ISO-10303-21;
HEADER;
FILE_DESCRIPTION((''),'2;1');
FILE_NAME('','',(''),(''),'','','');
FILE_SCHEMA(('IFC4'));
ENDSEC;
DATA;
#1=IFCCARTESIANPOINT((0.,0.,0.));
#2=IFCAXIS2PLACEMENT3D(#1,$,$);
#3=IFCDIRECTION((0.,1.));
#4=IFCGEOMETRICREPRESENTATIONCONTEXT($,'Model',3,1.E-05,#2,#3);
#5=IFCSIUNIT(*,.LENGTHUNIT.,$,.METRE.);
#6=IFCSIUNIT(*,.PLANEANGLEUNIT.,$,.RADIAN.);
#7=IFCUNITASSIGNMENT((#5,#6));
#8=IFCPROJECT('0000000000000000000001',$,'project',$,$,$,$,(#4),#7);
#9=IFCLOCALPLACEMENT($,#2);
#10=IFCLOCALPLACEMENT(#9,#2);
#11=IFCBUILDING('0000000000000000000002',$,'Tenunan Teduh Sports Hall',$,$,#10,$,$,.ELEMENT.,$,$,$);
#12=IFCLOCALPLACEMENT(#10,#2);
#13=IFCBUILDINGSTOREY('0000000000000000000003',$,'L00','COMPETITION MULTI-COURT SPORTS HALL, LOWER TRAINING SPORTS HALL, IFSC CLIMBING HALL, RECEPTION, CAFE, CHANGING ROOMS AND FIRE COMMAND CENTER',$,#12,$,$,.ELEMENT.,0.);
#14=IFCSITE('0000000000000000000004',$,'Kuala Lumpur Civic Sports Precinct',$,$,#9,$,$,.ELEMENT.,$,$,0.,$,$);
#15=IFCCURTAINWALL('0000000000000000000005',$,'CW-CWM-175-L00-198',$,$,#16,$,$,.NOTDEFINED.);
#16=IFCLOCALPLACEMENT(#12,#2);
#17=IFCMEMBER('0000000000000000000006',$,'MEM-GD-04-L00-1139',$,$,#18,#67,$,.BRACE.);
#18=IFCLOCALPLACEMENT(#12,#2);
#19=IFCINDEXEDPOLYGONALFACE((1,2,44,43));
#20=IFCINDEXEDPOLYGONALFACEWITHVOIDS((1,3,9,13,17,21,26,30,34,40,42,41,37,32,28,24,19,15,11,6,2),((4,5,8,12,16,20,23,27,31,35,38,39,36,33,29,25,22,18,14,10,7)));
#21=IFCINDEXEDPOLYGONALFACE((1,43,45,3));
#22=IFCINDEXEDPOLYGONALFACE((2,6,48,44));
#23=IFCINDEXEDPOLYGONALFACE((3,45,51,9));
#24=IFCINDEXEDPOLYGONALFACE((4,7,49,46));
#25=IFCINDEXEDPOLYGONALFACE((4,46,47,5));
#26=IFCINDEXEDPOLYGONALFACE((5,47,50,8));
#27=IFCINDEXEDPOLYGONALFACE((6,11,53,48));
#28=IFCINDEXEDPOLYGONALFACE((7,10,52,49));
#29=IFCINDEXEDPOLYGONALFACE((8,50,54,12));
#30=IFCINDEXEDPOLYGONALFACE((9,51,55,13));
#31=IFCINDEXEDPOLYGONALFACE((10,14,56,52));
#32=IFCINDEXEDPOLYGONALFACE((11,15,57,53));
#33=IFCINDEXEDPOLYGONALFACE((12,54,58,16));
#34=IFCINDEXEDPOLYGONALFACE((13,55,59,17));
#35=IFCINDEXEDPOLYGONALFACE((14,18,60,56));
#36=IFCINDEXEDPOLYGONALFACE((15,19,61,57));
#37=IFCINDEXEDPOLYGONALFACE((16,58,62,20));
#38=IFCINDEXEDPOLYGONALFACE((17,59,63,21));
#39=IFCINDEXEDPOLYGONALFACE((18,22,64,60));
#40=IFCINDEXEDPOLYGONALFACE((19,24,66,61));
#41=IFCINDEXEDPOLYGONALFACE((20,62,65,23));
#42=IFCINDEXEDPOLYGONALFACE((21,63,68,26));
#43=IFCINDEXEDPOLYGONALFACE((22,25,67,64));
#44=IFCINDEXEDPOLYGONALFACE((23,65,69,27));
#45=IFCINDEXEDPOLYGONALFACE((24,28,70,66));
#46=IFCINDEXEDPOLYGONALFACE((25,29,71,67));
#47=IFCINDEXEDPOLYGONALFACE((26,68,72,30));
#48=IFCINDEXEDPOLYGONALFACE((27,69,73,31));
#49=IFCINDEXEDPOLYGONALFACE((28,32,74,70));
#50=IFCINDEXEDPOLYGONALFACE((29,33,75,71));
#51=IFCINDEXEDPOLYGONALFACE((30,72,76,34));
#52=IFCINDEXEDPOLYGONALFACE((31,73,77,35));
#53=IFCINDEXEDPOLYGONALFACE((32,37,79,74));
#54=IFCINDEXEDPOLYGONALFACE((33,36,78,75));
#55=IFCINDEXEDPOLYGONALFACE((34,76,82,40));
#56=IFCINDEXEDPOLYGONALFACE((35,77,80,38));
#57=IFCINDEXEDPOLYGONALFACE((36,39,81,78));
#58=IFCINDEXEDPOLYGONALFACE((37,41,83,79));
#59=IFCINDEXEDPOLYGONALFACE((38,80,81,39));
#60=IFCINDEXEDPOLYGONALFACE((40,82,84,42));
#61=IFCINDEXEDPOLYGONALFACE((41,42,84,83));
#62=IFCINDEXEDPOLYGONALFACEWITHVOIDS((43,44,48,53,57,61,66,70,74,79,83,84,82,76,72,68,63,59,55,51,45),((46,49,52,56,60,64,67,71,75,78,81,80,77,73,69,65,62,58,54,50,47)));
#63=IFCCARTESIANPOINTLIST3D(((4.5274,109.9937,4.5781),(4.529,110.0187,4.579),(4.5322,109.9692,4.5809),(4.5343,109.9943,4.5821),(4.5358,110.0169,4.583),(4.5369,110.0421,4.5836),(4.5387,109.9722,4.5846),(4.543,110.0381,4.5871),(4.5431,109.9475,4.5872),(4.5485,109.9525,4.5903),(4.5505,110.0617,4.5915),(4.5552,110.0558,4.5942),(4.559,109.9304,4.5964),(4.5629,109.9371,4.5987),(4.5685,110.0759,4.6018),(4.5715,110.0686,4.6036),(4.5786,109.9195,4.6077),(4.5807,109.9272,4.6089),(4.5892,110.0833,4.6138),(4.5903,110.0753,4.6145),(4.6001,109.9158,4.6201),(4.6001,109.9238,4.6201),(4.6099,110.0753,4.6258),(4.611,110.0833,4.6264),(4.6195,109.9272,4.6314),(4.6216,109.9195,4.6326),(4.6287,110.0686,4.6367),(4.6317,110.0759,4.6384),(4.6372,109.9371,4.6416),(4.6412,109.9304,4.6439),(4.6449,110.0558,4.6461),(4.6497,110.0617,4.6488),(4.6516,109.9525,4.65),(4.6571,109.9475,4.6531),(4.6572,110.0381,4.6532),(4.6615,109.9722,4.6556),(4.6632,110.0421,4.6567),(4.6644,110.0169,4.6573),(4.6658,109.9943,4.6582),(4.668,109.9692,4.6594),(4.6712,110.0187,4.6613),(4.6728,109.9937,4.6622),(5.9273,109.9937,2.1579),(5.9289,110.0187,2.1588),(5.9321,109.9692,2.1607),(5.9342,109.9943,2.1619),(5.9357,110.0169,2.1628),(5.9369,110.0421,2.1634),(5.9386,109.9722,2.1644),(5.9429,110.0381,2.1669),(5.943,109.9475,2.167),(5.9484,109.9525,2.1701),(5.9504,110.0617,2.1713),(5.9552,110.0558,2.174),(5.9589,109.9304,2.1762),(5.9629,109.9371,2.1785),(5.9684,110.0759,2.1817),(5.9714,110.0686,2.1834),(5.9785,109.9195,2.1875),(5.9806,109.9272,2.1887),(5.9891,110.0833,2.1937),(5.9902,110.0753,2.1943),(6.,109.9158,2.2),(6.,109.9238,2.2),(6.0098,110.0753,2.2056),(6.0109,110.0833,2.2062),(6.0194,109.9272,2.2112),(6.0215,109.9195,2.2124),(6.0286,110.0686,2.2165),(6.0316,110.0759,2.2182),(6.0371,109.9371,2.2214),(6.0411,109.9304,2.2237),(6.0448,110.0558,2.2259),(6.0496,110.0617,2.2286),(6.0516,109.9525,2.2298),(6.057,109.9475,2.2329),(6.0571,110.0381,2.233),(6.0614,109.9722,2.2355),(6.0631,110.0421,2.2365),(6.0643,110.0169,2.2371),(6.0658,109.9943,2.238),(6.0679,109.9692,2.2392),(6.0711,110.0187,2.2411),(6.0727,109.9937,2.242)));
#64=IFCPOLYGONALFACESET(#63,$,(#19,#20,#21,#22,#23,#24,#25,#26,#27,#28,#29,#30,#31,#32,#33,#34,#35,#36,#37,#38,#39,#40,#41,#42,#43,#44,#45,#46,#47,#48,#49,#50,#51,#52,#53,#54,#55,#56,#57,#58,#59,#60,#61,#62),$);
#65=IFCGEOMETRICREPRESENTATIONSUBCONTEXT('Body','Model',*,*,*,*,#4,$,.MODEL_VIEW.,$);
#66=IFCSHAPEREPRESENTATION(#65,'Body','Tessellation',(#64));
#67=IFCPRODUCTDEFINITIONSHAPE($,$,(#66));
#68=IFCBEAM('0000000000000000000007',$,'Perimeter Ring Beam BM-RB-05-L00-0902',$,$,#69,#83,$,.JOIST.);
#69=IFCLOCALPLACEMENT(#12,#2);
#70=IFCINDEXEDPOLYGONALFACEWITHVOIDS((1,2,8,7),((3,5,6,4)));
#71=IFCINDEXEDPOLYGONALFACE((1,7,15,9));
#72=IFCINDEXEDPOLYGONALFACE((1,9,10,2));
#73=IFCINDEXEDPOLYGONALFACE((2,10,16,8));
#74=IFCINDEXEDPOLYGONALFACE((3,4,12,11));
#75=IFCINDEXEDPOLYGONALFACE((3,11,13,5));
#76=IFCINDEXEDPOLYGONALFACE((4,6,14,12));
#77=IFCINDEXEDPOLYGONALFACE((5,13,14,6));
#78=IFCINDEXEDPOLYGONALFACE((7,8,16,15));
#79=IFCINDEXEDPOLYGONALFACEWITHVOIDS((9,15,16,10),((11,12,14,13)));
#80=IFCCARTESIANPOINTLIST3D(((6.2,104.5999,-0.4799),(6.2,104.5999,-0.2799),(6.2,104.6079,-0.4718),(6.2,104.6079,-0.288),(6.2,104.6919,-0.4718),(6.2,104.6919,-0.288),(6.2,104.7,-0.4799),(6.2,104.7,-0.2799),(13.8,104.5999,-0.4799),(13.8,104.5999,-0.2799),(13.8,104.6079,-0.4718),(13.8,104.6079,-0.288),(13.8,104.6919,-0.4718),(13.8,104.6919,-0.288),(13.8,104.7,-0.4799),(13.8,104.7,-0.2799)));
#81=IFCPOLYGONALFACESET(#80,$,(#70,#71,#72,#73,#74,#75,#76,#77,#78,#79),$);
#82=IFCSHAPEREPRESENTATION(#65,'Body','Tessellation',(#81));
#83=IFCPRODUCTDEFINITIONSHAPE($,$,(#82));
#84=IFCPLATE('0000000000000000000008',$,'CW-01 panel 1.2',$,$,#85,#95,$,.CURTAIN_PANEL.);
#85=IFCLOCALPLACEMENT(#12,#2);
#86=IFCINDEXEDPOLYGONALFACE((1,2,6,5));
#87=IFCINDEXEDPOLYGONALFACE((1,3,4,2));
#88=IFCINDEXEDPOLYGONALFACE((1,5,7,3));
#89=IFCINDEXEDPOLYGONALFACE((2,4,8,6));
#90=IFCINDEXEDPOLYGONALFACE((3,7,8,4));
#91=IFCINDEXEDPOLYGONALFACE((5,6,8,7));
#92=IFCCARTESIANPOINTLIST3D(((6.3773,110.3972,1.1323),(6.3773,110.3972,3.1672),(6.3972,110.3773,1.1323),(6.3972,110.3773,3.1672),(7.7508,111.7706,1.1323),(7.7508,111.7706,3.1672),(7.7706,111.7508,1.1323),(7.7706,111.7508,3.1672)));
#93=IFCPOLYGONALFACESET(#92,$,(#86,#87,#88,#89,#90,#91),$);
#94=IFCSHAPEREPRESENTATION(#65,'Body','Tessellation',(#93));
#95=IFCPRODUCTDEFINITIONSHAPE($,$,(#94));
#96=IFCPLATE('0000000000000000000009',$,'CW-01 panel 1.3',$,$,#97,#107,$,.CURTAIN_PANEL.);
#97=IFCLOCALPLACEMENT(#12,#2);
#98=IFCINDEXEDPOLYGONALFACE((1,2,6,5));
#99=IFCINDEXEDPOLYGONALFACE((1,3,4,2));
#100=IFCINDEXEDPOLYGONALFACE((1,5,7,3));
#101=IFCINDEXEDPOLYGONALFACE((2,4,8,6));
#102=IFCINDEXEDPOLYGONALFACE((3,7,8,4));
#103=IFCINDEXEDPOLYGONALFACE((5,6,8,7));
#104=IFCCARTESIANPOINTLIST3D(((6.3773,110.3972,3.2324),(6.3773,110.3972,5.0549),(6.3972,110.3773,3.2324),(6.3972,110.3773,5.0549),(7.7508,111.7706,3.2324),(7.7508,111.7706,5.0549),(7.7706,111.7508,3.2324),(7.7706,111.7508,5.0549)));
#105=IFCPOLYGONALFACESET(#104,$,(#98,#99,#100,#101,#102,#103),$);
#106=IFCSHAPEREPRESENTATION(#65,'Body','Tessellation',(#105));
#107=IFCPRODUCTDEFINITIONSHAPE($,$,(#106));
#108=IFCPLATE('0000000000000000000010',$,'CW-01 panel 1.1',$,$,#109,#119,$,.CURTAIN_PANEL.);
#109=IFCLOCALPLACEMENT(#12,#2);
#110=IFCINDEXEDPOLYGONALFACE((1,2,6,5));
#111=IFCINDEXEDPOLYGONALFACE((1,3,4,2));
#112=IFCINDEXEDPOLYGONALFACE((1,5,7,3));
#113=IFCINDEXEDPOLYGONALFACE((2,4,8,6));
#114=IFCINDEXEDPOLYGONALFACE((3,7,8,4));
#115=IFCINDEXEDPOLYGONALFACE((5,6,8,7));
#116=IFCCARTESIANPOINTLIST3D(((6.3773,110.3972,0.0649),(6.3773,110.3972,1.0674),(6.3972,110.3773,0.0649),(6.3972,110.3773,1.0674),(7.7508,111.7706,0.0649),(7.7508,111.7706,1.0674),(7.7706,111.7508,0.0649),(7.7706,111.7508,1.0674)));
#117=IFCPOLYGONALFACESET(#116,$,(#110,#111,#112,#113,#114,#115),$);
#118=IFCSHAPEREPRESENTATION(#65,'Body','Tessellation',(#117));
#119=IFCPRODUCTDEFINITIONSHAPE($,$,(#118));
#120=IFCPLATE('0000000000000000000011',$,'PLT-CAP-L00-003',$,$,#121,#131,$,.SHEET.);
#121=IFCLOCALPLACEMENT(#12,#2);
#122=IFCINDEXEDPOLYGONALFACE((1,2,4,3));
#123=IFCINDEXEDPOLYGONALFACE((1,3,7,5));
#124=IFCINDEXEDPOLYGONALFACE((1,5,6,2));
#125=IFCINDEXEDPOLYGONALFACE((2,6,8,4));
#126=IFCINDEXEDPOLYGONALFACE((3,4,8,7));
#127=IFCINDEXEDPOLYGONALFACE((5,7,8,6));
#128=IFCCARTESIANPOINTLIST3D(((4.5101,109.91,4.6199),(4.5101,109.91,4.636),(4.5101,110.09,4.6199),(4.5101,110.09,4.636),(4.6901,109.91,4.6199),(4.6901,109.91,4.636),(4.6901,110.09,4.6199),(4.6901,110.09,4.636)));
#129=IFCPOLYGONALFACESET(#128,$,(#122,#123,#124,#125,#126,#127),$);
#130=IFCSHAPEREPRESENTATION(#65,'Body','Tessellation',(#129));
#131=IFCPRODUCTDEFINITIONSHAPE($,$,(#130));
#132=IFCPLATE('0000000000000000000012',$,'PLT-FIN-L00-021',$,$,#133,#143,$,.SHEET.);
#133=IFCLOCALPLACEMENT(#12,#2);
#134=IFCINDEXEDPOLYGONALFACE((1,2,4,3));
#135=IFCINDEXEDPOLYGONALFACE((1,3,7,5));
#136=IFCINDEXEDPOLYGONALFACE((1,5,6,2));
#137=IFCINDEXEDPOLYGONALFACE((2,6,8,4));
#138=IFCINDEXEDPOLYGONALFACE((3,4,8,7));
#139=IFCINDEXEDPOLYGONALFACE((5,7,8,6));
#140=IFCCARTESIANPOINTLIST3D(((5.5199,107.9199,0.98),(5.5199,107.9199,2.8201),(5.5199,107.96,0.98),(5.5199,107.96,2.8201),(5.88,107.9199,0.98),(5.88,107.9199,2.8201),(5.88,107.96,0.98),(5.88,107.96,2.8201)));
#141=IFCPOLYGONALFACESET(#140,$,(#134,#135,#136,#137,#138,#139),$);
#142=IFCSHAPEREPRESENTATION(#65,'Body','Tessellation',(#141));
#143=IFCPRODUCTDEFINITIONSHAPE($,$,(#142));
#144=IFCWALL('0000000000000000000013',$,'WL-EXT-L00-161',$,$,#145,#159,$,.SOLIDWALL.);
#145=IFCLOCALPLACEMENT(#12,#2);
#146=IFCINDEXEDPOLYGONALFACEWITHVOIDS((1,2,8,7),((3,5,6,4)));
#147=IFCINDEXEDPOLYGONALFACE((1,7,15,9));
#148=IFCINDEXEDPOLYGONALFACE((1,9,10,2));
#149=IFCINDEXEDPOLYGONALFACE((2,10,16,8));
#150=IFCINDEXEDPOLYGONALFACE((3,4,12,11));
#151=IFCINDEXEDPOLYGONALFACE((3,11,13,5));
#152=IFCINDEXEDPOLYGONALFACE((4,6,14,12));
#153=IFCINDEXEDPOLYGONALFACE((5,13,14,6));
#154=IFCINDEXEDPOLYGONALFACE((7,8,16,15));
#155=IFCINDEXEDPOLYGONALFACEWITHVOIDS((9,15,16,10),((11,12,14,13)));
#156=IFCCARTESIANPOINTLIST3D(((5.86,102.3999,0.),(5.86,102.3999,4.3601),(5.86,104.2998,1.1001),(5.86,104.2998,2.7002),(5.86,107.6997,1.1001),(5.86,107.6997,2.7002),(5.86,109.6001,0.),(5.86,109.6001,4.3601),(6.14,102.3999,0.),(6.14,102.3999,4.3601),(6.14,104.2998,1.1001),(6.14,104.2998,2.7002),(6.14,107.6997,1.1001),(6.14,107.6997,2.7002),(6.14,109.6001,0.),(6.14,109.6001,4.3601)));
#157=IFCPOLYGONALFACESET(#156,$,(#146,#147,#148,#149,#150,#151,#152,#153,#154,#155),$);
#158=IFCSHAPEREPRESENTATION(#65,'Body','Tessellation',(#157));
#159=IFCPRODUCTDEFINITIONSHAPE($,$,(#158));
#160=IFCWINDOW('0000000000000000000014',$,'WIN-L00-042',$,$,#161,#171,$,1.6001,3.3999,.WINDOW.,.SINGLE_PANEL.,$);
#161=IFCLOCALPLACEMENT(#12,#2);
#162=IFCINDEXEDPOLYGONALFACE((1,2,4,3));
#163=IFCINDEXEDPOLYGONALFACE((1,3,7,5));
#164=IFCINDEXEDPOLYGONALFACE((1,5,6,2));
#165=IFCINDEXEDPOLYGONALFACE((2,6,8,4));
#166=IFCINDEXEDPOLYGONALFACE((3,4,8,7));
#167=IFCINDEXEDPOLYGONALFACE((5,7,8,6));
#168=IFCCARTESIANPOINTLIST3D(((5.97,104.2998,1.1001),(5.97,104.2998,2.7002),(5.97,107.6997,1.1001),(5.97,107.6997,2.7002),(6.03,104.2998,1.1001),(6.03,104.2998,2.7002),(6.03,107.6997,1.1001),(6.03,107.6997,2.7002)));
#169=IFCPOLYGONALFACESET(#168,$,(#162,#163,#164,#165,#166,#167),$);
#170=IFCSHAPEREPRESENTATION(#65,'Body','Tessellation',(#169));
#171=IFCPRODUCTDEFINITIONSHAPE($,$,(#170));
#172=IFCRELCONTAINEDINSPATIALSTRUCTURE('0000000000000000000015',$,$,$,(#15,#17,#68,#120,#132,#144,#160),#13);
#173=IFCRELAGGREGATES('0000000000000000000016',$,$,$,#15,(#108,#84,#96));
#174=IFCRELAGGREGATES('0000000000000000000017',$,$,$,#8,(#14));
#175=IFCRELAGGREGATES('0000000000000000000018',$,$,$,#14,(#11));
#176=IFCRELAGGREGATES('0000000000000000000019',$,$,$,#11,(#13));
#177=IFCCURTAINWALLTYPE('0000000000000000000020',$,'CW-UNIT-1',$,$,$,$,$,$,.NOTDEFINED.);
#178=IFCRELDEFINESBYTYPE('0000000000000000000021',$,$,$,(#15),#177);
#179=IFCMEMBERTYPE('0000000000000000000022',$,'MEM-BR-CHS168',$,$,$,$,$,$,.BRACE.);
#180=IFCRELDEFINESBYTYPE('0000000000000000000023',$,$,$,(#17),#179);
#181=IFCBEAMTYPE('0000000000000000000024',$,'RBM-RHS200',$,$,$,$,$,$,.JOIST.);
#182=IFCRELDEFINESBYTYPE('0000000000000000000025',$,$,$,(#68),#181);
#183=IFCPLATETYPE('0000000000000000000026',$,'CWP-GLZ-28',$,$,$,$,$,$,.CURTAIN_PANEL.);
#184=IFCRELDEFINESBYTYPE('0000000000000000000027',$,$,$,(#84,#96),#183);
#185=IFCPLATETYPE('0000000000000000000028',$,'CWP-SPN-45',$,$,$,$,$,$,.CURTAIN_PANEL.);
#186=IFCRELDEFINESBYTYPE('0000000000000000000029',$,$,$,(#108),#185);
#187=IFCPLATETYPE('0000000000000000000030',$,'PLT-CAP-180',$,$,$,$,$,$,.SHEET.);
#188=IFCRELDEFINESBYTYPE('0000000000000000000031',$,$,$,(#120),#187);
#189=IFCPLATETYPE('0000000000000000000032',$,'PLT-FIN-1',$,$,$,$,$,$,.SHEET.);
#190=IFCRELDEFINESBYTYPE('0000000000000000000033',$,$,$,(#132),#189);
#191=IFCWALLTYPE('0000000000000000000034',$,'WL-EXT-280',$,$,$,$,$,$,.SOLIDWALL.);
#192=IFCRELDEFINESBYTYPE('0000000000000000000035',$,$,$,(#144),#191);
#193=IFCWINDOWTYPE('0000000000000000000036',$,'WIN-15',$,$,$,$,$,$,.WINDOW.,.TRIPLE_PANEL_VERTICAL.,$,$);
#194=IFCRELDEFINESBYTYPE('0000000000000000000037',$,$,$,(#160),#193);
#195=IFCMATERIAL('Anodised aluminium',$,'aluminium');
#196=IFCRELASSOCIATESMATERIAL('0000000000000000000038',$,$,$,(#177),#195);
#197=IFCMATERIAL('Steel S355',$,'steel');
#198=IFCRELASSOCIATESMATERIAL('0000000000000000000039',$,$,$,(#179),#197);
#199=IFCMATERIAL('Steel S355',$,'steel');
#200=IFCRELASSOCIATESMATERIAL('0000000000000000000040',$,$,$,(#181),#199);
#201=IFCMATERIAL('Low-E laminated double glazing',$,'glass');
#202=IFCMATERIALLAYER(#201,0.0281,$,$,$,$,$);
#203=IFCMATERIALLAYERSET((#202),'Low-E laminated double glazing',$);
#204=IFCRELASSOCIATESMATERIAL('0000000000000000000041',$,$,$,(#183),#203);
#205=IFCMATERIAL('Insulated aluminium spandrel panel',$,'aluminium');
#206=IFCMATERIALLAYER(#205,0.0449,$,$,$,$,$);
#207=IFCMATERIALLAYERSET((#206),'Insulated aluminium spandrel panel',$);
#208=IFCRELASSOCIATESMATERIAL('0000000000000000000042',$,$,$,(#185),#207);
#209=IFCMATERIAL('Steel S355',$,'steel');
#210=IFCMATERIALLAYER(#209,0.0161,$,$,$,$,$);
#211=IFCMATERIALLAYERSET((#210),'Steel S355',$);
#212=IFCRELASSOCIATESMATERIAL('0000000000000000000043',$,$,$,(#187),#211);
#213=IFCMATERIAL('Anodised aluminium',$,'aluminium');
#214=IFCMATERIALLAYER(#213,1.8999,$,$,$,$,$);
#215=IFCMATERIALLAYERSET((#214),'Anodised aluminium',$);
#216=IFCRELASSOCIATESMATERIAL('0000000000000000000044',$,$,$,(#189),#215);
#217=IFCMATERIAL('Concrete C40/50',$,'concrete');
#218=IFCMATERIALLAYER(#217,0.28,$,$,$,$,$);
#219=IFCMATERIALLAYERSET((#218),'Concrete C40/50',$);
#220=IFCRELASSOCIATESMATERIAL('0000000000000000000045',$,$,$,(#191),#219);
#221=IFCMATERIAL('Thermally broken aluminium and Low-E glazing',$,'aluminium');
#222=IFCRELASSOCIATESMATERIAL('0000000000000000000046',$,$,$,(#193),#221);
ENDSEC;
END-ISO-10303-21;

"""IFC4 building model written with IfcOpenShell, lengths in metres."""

from ifc_helpers import new_model, si_unit, direction, frame, frame_2d, origin, origin_2d, place, context, subcontext, project, spatial, rectangle, hollow_rectangle, hollow_circle, extrude, material, layer, layer_set, material_profile, profile_set, type_object, element, fill, aggregate, save


model = new_model("IFC4")

# Units and contexts
model_context = context("Model", 3, precision=1e-05, world=origin(), true_north=direction((0.0, 1.0)))
body_context = subcontext(model_context, "Body", "Model", "MODEL_VIEW")
ifc_project = project(units=[si_unit("LENGTHUNIT", "METRE"), si_unit("PLANEANGLEUNIT", "RADIAN")], contexts=[model_context])

# Site, building, storey
site_placement = place(None, origin())
site = spatial("IfcSite", under=ifc_project, at=site_placement, Name="Kuala Lumpur Civic Sports Precinct", CompositionType="ELEMENT", RefElevation=0.0)
building_placement = place(site_placement, origin())
building = spatial("IfcBuilding", under=site, at=building_placement, Name="Tenunan Teduh Sports Hall", CompositionType="ELEMENT")
storey_placement = place(building_placement, origin())
storey = spatial("IfcBuildingStorey", under=building, at=storey_placement, Name="L00", Description="COMPETITION MULTI-COURT SPORTS HALL, LOWER TRAINING SPORTS HALL, IFSC CLIMBING HALL, RECEPTION, CAFE, CHANGING ROOMS AND FIRE COMMAND CENTER", CompositionType="ELEMENT", Elevation=0.0)

# Curtain wall
ifc_material_1 = material(Name="Anodised aluminium", Category="aluminium")
curtain_wall_type = type_object("IfcCurtainWallType", Name="CW-UNIT-1", PredefinedType="NOTDEFINED", material=ifc_material_1)
curtain_wall_placement = place(storey_placement, origin())
curtain_wall = element("IfcCurtainWall", 1, at=curtain_wall_placement, inside=storey, type_object=curtain_wall_type, Name="CW-CWM-175-L00-198", PredefinedType="NOTDEFINED")

# Member
ifc_material_2 = material(Name="Steel S355", Category="steel")
ifc_material_profile_1 = material_profile(ifc_material_2, hollow_circle(Radius=0.0842, WallThickness=0.0081, at=origin_2d()), Name="CHS 168.3x8.0")
ifc_profile_set_1 = profile_set([ifc_material_profile_1], Name="Steel S355")
member_type_1 = type_object("IfcMemberType", Name="MEM-BR-CHS168", PredefinedType="BRACE", material=ifc_profile_set_1)
member_1_placement = place(storey_placement, frame((6.0, 110.0, 2.2), z_axis=(-0.500702, 0.0, 0.86562), x_axis=(0.0, -1.0, 0.0)))
element("IfcMember", 2, at=member_1_placement, inside=storey, type_object=member_type_1, Name="MEM-GD-04-L00-1139", PredefinedType="BRACE", context=body_context, shape_type="SweptSolid", body=[
    extrude(hollow_circle(Radius=0.0842, WallThickness=0.0081, at=origin_2d()), origin(), (0.0, 0.0, 1.0), 2.7959),
])

# Beam
ifc_material_3 = material(Name="Steel S355", Category="steel")
ifc_material_profile_2 = material_profile(ifc_material_3, hollow_rectangle(XDim=0.1001, YDim=0.2, WallThickness=0.0081, at=origin_2d()), Name="RHS 200x100x8.0")
ifc_profile_set_2 = profile_set([ifc_material_profile_2], Name="Steel S355")
beam_type_1 = type_object("IfcBeamType", Name="RBM-RHS200", PredefinedType="JOIST", material=ifc_profile_set_2)
beam_1_placement = place(storey_placement, frame((6.2, 104.6499, -0.3799), z_axis=(1.0, 0.0, 0.0), x_axis=(0.0, 1.0, 0.0)))
element("IfcBeam", 3, at=beam_1_placement, inside=storey, type_object=beam_type_1, Name="Perimeter Ring Beam BM-RB-05-L00-0902", PredefinedType="JOIST", context=body_context, shape_type="SweptSolid", body=[
    extrude(hollow_rectangle(XDim=0.1001, YDim=0.2, WallThickness=0.0081, at=origin_2d()), origin(), (0.0, 0.0, 1.0), 7.6001),
])

# Plates
ifc_material_4 = material(Name="Low-E laminated double glazing", Category="glass")
ifc_layer_1 = layer(ifc_material_4, 0.0281)
ifc_layer_set_1 = layer_set([ifc_layer_1], Name="Low-E laminated double glazing")
plate_type_1 = type_object("IfcPlateType", Name="CWP-GLZ-28", PredefinedType="CURTAIN_PANEL", material=ifc_layer_set_1)
plate_1_placement = place(storey_placement, frame((7.074, 111.074, 1.1323), z_axis=(0.0, 0.0, 1.0), x_axis=(0.707117, 0.707097, 0.0)))
plate_1 = element("IfcPlate", 4, at=plate_1_placement, type_object=plate_type_1, Name="CW-01 panel 1.2", PredefinedType="CURTAIN_PANEL", context=body_context, shape_type="SweptSolid", body=[
    extrude(rectangle(XDim=1.9424, YDim=0.0281, at=origin_2d()), origin(), (0.0, 0.0, 1.0), 2.0349),
])
plate_2_placement = place(storey_placement, frame((7.074, 111.074, 3.2324), z_axis=(0.0, 0.0, 1.0), x_axis=(0.707117, 0.707097, 0.0)))
plate_2 = element("IfcPlate", 5, at=plate_2_placement, type_object=plate_type_1, Name="CW-01 panel 1.3", PredefinedType="CURTAIN_PANEL", context=body_context, shape_type="SweptSolid", body=[
    extrude(rectangle(XDim=1.9424, YDim=0.0281, at=origin_2d()), origin(), (0.0, 0.0, 1.0), 1.8225),
])
ifc_material_5 = material(Name="Insulated aluminium spandrel panel", Category="aluminium")
ifc_layer_2 = layer(ifc_material_5, 0.0449)
ifc_layer_set_2 = layer_set([ifc_layer_2], Name="Insulated aluminium spandrel panel")
plate_type_2 = type_object("IfcPlateType", Name="CWP-SPN-45", PredefinedType="CURTAIN_PANEL", material=ifc_layer_set_2)
plate_3_placement = place(storey_placement, frame((7.074, 111.074, 0.0649), z_axis=(0.0, 0.0, 1.0), x_axis=(0.707117, 0.707097, 0.0)))
plate_3 = element("IfcPlate", 6, at=plate_3_placement, type_object=plate_type_2, Name="CW-01 panel 1.1", PredefinedType="CURTAIN_PANEL", context=body_context, shape_type="SweptSolid", body=[
    extrude(rectangle(XDim=1.9424, YDim=0.0281, at=origin_2d()), origin(), (0.0, 0.0, 1.0), 1.0024),
])
aggregate(curtain_wall, [plate_3, plate_1, plate_2])

# Plates
ifc_material_6 = material(Name="Steel S355", Category="steel")
ifc_layer_3 = layer(ifc_material_6, 0.0161)
ifc_layer_set_3 = layer_set([ifc_layer_3], Name="Steel S355")
plate_type_3 = type_object("IfcPlateType", Name="PLT-CAP-180", PredefinedType="SHEET", material=ifc_layer_set_3)
plate_4_placement = place(storey_placement, frame((4.6001, 110.0, 4.6199), z_axis=(0.0, 0.0, 1.0), x_axis=(1.0, 0.0, 0.0)))
element("IfcPlate", 7, at=plate_4_placement, inside=storey, type_object=plate_type_3, Name="PLT-CAP-L00-003", PredefinedType="SHEET", context=body_context, shape_type="SweptSolid", body=[
    extrude(rectangle(XDim=0.1799, YDim=0.1799, at=origin_2d()), origin(), (0.0, 0.0, 1.0), 0.0161),
])
ifc_material_7 = material(Name="Anodised aluminium", Category="aluminium")
ifc_layer_4 = layer(ifc_material_7, 1.8999)
ifc_layer_set_4 = layer_set([ifc_layer_4], Name="Anodised aluminium")
plate_type_4 = type_object("IfcPlateType", Name="PLT-FIN-1", PredefinedType="SHEET", material=ifc_layer_set_4)
plate_5_placement = place(storey_placement, frame((5.7, 107.9399, 0.98), z_axis=(0.0, 0.0, 1.0), x_axis=(0.0, 1.0, 0.0)))
element("IfcPlate", 8, at=plate_5_placement, inside=storey, type_object=plate_type_4, Name="PLT-FIN-L00-021", PredefinedType="SHEET", context=body_context, shape_type="SweptSolid", body=[
    extrude(rectangle(XDim=0.04, YDim=0.3601, at=origin_2d()), origin(), (0.0, 0.0, 1.0), 1.8401),
])

# Wall, opening, window
ifc_material_8 = material(Name="Concrete C40/50", Category="concrete")
ifc_layer_5 = layer(ifc_material_8, 0.28)
ifc_layer_set_5 = layer_set([ifc_layer_5], Name="Concrete C40/50")
wall_type = type_object("IfcWallType", Name="WL-EXT-280", PredefinedType="SOLIDWALL", material=ifc_layer_set_5)
wall_placement = place(storey_placement, frame((6.0, 102.3999, 0.0), z_axis=(0.0, 0.0, 1.0), x_axis=(0.0, 1.0, 0.0)))
wall = element("IfcWall", 9, at=wall_placement, inside=storey, type_object=wall_type, Name="WL-EXT-L00-161", PredefinedType="SOLIDWALL", context=body_context, shape_type="SweptSolid", body=[
    extrude(rectangle(XDim=7.2002, YDim=0.28, at=frame_2d((3.6001, 0.0))), origin(), (0.0, 0.0, 1.0), 4.3601),
])
opening_placement = place(wall_placement, frame((1.8999, 0.0, 1.1001)))
opening = element("IfcOpeningElement", 10, at=opening_placement, cuts=wall, PredefinedType="OPENING", context=body_context, shape_type="SweptSolid", body=[
    extrude(rectangle(XDim=3.3999, YDim=1.6001, at=frame_2d((1.7, 0.8))), frame((0.0, 0.1499, 0.0), z_axis=(0.0, -1.0, 0.0), x_axis=(1.0, 0.0, 0.0)), (0.0, 0.0, 1.0), 0.3),
])
ifc_material_9 = material(Name="Thermally broken aluminium and Low-E glazing", Category="aluminium")
window_type = type_object("IfcWindowType", Name="WIN-15", PartitioningType="TRIPLE_PANEL_VERTICAL", PredefinedType="WINDOW", material=ifc_material_9)
window_placement = place(opening_placement, origin())
window = element("IfcWindow", 11, at=window_placement, inside=storey, type_object=window_type, Name="WIN-L00-042", OverallHeight=1.6001, OverallWidth=3.3999, PartitioningType="SINGLE_PANEL", PredefinedType="WINDOW", context=body_context, shape_type="SweptSolid", body=[
    extrude(rectangle(XDim=3.3999, YDim=1.6001, at=frame_2d((1.7, 0.8))), frame((0.0, 0.03, 0.0), z_axis=(0.0, -1.0, 0.0), x_axis=(1.0, 0.0, 0.0)), (0.0, 0.0, 1.0), 0.0601),
])
fill(opening, window)

save(model, "model.ifc")
